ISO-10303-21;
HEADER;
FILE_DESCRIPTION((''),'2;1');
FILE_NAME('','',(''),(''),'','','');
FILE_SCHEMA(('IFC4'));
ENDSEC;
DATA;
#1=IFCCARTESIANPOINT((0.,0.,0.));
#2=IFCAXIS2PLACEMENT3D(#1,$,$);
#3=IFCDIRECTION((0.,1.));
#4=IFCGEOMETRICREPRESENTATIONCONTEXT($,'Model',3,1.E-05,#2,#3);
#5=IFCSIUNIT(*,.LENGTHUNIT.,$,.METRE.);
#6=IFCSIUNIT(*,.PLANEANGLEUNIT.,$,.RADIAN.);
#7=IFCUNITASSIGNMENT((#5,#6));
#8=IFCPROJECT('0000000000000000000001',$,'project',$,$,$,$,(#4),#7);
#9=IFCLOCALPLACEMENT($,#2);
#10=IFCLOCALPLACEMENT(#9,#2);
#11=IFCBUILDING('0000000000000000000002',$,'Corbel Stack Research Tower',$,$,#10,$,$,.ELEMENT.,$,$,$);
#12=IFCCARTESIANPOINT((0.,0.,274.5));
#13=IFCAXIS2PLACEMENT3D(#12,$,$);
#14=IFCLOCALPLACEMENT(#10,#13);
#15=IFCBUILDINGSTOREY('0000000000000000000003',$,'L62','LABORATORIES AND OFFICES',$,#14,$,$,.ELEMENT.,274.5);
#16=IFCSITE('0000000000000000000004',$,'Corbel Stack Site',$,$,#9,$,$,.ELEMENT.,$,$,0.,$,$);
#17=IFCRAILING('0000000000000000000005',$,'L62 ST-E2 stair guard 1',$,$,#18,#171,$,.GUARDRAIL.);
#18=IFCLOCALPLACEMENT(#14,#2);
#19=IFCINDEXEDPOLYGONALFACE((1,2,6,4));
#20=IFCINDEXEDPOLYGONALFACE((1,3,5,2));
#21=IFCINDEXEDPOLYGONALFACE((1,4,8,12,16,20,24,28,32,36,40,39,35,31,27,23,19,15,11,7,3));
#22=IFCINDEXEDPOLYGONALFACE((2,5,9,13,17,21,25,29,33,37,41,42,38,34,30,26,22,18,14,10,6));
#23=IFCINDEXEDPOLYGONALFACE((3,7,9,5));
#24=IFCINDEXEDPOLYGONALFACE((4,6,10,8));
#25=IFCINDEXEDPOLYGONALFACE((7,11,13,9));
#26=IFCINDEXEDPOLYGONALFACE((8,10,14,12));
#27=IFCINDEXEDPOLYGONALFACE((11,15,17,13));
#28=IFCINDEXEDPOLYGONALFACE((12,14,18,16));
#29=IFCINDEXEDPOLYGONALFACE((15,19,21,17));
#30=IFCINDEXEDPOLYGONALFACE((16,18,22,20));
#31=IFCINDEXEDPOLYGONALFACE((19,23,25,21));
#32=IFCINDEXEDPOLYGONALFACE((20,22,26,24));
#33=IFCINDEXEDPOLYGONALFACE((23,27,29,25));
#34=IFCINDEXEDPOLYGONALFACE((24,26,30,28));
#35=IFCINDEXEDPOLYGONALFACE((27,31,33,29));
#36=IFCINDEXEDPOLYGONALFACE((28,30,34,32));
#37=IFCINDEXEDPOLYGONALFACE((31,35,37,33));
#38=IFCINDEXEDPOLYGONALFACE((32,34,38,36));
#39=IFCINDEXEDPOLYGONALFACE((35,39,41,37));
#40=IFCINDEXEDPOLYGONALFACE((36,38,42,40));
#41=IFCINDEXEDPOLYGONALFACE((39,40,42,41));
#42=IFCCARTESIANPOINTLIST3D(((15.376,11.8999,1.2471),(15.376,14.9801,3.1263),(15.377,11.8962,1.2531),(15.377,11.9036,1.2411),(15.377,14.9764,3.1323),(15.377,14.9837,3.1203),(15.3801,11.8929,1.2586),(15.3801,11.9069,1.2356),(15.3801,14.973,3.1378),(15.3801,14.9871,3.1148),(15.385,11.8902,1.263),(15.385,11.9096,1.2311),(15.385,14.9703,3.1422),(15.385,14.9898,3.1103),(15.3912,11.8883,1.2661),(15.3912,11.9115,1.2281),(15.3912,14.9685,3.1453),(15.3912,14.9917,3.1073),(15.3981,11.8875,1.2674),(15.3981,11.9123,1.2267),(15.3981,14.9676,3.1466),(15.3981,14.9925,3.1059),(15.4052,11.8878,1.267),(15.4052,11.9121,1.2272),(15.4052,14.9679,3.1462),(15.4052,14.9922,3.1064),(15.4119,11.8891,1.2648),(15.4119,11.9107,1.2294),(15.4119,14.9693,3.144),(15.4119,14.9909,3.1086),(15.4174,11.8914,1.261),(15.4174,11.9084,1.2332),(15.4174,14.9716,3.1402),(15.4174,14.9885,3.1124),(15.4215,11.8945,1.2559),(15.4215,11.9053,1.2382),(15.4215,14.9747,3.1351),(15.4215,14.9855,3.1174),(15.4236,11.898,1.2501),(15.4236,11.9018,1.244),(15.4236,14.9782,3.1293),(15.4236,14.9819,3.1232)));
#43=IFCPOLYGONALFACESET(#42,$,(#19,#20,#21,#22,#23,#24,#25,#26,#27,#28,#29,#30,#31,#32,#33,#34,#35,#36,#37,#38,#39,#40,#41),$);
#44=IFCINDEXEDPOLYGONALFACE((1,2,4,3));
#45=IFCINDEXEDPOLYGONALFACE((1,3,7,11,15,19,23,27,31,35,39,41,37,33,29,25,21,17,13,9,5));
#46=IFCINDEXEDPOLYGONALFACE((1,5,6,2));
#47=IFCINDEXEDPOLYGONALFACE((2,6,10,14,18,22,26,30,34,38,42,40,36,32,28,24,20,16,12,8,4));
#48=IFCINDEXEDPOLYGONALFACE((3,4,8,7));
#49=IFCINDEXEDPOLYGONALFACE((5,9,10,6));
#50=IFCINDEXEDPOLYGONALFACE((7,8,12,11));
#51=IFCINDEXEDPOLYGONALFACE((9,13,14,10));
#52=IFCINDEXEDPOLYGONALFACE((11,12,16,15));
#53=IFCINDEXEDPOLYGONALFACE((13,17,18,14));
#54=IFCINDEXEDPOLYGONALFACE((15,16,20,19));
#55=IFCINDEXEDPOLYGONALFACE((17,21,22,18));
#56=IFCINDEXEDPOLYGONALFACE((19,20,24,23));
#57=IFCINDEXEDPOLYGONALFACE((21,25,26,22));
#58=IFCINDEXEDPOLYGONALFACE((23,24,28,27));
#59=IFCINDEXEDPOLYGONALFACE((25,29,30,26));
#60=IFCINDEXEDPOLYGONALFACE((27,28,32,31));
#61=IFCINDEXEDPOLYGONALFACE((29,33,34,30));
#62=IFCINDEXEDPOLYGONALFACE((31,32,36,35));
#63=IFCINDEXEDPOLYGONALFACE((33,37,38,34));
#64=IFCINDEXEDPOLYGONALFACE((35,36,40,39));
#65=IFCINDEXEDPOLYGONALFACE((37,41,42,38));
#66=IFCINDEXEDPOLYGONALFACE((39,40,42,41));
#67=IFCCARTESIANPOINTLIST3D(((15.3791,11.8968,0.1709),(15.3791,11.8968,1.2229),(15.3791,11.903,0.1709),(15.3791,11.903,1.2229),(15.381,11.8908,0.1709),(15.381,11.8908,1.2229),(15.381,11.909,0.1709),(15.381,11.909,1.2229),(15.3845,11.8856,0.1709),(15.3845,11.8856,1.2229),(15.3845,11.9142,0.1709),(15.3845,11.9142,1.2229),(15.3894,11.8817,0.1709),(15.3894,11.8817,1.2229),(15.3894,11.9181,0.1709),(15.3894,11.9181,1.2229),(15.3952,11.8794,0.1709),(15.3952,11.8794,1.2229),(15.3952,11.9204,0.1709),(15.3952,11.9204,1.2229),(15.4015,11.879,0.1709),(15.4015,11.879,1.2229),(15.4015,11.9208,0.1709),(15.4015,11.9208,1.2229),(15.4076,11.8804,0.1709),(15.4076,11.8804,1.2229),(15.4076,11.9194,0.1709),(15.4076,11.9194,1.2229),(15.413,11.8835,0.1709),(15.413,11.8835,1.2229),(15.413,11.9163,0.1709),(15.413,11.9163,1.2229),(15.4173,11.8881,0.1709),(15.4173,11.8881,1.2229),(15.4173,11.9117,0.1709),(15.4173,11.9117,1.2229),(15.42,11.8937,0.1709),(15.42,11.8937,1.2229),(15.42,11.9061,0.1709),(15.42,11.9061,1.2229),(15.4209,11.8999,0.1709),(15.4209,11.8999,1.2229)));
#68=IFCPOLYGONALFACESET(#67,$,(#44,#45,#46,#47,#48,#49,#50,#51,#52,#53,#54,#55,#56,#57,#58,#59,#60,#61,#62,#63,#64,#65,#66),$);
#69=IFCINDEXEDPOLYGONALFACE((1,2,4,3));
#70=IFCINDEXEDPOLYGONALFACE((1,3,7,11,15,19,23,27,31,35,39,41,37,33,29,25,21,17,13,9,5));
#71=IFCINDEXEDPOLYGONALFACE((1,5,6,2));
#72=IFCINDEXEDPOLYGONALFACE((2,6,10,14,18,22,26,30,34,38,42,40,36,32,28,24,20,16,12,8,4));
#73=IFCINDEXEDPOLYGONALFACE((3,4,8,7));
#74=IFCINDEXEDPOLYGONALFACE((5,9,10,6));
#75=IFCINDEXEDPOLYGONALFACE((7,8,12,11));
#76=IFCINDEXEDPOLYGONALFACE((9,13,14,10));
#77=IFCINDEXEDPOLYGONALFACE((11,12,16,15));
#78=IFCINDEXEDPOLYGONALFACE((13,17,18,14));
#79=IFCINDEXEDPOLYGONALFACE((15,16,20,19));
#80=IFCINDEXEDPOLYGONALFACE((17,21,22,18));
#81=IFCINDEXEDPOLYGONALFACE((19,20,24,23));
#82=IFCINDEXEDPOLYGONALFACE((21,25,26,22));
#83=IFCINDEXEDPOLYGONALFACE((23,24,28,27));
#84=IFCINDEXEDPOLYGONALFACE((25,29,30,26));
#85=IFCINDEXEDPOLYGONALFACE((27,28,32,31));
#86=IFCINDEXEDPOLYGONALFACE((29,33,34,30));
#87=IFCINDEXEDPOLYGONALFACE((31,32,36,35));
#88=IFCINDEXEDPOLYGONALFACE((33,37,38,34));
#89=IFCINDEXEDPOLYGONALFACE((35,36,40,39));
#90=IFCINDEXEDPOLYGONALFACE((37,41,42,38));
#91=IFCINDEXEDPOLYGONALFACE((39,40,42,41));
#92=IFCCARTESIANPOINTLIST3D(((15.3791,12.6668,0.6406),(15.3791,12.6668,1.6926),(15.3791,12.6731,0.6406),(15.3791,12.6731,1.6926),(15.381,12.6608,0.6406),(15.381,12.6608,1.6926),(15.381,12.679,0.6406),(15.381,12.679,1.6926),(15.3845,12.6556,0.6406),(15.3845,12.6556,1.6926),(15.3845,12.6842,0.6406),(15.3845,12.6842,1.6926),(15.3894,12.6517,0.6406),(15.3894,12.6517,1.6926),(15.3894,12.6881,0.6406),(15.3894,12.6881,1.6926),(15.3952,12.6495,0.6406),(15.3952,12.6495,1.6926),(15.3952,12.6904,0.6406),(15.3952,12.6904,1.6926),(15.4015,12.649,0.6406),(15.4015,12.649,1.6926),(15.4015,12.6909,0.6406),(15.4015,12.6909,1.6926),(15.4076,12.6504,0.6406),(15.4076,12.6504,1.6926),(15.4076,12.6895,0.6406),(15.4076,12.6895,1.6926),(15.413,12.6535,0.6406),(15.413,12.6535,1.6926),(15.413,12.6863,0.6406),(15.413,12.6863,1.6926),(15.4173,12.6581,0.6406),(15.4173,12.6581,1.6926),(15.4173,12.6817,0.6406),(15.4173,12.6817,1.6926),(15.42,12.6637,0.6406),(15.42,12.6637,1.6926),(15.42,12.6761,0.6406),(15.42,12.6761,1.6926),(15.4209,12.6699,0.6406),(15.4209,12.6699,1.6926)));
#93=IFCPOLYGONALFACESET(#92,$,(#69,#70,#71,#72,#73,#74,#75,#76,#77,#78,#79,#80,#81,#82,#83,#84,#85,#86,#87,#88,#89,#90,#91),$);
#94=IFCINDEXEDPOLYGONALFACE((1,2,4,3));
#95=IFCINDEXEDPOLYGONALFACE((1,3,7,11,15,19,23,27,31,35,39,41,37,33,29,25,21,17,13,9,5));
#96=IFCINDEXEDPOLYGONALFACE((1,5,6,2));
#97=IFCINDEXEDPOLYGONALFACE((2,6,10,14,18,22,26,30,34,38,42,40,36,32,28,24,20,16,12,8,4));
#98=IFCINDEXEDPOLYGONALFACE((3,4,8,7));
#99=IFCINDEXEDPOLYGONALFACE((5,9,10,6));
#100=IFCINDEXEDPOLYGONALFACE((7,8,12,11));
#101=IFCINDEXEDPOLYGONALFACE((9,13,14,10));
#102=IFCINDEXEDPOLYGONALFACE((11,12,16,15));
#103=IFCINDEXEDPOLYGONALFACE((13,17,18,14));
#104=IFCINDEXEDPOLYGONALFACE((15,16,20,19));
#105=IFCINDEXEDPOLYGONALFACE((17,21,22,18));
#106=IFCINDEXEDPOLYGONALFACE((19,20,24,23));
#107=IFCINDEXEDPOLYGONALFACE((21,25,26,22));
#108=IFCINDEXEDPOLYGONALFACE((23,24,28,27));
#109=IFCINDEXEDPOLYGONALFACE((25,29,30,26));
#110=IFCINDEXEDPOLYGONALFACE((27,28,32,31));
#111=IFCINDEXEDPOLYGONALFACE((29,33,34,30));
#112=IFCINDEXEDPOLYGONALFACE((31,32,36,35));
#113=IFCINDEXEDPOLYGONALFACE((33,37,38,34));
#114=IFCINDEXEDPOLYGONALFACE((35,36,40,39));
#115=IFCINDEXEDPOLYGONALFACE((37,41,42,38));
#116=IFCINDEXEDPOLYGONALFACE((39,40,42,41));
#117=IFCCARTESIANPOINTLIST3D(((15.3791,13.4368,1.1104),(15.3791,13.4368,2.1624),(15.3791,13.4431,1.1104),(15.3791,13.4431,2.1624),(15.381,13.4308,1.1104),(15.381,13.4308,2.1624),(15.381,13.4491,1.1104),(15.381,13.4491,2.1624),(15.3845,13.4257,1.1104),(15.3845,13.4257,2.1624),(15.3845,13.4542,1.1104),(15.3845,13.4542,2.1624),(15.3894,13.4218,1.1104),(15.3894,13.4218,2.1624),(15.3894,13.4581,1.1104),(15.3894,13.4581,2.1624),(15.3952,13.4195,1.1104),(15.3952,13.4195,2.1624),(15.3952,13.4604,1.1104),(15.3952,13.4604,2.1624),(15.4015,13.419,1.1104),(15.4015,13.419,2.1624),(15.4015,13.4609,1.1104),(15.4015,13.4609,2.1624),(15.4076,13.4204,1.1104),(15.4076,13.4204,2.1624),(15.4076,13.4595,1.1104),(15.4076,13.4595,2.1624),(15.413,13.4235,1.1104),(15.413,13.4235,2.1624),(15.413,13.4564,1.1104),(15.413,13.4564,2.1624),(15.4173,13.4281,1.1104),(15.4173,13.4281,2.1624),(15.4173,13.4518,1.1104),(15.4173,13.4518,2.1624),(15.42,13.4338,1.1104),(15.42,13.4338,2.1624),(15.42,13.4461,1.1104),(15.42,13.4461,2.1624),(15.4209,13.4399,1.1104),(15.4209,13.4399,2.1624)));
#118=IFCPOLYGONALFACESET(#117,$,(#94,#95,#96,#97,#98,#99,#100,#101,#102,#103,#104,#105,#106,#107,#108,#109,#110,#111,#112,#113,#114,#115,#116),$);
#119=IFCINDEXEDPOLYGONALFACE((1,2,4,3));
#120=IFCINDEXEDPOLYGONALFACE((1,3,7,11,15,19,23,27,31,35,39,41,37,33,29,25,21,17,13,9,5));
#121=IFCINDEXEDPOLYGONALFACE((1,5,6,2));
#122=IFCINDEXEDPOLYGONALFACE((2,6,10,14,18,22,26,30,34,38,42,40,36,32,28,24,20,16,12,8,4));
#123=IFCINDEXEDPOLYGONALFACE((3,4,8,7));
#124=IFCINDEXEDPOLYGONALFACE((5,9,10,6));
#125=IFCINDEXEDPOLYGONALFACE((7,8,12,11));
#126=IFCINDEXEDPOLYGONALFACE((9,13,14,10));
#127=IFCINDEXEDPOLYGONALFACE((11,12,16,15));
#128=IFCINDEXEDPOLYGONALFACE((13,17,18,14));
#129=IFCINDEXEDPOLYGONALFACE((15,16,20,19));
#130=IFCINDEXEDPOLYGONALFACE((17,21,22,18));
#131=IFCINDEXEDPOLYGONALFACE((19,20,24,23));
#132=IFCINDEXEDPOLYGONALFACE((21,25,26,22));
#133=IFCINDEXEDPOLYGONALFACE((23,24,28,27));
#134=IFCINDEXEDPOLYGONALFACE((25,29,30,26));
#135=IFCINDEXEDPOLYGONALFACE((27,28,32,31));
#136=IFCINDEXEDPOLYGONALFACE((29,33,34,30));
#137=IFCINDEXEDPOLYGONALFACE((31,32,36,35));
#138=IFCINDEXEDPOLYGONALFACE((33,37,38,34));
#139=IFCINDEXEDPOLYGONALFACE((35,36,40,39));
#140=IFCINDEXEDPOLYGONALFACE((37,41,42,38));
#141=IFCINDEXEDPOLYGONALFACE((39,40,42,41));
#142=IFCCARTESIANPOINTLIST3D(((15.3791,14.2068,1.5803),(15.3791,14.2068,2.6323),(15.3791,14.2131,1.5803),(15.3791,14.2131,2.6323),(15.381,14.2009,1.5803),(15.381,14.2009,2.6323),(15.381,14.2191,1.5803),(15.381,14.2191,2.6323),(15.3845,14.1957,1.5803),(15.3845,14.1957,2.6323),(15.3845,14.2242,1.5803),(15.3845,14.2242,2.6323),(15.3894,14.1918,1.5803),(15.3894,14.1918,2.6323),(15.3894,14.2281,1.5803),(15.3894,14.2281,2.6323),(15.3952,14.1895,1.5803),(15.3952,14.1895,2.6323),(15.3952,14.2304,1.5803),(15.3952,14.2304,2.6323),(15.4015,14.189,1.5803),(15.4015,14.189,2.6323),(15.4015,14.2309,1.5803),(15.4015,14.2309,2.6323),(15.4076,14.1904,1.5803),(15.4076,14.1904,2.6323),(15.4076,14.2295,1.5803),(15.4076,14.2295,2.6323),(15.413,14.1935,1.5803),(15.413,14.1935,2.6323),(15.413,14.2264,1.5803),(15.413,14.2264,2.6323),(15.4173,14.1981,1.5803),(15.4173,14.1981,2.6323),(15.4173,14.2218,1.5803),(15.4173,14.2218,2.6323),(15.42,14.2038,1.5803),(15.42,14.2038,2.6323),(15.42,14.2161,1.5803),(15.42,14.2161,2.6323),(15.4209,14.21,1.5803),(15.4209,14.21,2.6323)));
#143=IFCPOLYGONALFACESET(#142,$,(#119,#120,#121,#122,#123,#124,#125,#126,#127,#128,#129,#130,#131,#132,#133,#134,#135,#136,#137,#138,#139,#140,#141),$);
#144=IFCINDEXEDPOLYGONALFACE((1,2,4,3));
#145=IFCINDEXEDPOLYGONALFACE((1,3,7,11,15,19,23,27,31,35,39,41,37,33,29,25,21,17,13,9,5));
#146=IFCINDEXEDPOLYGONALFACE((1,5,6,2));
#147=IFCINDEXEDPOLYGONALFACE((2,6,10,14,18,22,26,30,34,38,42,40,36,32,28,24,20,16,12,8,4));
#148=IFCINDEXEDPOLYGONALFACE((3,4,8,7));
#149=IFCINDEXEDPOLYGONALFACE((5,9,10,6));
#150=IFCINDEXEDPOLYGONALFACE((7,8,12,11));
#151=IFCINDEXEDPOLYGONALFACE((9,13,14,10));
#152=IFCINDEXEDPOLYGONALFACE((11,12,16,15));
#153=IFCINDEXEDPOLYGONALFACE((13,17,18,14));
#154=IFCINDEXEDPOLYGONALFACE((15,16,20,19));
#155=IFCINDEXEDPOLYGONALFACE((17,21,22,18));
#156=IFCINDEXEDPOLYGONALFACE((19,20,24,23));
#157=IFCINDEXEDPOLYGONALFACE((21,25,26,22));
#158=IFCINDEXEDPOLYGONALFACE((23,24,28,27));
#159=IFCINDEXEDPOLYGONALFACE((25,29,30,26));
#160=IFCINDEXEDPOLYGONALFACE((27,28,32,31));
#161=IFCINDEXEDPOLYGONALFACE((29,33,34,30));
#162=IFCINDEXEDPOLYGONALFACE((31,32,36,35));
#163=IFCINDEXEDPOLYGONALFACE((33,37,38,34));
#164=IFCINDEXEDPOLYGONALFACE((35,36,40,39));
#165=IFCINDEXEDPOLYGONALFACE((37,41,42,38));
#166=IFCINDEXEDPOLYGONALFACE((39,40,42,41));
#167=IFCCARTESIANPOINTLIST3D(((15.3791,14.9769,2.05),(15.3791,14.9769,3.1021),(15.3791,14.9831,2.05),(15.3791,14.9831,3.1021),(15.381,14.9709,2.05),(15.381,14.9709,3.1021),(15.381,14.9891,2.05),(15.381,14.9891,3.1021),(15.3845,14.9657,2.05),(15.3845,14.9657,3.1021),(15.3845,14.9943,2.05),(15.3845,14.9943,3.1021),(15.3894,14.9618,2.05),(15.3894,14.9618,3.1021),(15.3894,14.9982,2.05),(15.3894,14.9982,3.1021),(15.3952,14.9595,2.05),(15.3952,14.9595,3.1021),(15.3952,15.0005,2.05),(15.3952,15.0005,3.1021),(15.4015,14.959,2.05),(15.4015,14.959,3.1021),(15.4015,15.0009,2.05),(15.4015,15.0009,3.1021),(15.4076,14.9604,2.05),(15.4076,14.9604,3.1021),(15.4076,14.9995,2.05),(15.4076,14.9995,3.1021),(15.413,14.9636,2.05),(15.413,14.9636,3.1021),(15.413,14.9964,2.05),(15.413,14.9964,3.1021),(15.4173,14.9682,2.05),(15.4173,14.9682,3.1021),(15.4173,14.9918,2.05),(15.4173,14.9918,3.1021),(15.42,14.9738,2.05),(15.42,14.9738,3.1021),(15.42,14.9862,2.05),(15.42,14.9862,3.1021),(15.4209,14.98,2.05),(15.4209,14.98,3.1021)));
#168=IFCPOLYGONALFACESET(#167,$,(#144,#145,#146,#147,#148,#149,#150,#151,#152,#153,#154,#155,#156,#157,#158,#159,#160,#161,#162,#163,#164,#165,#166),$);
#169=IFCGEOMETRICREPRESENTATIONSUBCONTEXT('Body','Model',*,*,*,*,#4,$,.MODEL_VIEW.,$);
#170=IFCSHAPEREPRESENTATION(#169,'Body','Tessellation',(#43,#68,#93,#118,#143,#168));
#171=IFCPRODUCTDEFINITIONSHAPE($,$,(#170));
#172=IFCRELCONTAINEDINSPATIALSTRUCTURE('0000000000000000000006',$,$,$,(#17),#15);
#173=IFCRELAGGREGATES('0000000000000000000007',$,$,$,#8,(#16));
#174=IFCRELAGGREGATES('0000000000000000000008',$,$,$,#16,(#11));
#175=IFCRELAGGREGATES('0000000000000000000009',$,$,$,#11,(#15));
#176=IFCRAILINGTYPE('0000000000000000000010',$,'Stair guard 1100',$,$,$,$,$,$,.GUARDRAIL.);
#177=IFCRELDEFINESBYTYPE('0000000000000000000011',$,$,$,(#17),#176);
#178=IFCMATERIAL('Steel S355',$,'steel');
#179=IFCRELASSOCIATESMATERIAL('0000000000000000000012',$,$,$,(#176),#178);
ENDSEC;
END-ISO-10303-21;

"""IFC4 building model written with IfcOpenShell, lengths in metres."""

from ifc_helpers import new_model, si_unit, direction, frame, origin, origin_2d, place, context, subcontext, project, spatial, circle, extrude, material, type_object, element, save


model = new_model("IFC4")

# Units and contexts
model_context = context("Model", 3, precision=1e-05, world=origin(), true_north=direction((0.0, 1.0)))
body_context = subcontext(model_context, "Body", "Model", "MODEL_VIEW")
ifc_project = project(units=[si_unit("LENGTHUNIT", "METRE"), si_unit("PLANEANGLEUNIT", "RADIAN")], contexts=[model_context])

# Site, building, storey
site_placement = place(None, origin())
site = spatial("IfcSite", under=ifc_project, at=site_placement, Name="Corbel Stack Site", CompositionType="ELEMENT", RefElevation=0.0)
building_placement = place(site_placement, origin())
building = spatial("IfcBuilding", under=site, at=building_placement, Name="Corbel Stack Research Tower", CompositionType="ELEMENT")
storey_placement = place(building_placement, frame((0.0, 0.0, 274.5)))
storey = spatial("IfcBuildingStorey", under=building, at=storey_placement, Name="L62", Description="LABORATORIES AND OFFICES", CompositionType="ELEMENT", Elevation=274.5)

# Railing
ifc_material_1 = material(Name="Steel S355", Category="steel")
railing_type_1 = type_object("IfcRailingType", Name="Stair guard 1100", PredefinedType="GUARDRAIL", material=ifc_material_1)
railing_1_placement = place(storey_placement, frame((15.3999, 11.8999, 0.1709)))
element("IfcRailing", 1, at=railing_1_placement, inside=storey, type_object=railing_type_1, Name="L62 ST-E2 stair guard 1", PredefinedType="GUARDRAIL", context=body_context, shape_type="SweptSolid", body=[
    extrude(circle(Radius=0.0239, at=origin_2d()), frame((0.0, 0.0, 1.0762), z_axis=(0.0, 0.853666, 0.52082), x_axis=(-1.0, 0.0, 0.0)), (0.0, 0.0, 1.0), 3.6082),
    extrude(circle(Radius=0.021, at=origin_2d()), origin(), (0.0, 0.0, 1.0), 1.052),
    extrude(circle(Radius=0.021, at=origin_2d()), frame((0.0, 0.77, 0.4697)), (0.0, 0.0, 1.0), 1.052),
    extrude(circle(Radius=0.021, at=origin_2d()), frame((0.0, 1.54, 0.9395)), (0.0, 0.0, 1.0), 1.052),
    extrude(circle(Radius=0.021, at=origin_2d()), frame((0.0, 2.3101, 1.4094)), (0.0, 0.0, 1.0), 1.052),
    extrude(circle(Radius=0.021, at=origin_2d()), frame((0.0, 3.0801, 1.8792)), (0.0, 0.0, 1.0), 1.052),
])

save(model, "model.ifc")
